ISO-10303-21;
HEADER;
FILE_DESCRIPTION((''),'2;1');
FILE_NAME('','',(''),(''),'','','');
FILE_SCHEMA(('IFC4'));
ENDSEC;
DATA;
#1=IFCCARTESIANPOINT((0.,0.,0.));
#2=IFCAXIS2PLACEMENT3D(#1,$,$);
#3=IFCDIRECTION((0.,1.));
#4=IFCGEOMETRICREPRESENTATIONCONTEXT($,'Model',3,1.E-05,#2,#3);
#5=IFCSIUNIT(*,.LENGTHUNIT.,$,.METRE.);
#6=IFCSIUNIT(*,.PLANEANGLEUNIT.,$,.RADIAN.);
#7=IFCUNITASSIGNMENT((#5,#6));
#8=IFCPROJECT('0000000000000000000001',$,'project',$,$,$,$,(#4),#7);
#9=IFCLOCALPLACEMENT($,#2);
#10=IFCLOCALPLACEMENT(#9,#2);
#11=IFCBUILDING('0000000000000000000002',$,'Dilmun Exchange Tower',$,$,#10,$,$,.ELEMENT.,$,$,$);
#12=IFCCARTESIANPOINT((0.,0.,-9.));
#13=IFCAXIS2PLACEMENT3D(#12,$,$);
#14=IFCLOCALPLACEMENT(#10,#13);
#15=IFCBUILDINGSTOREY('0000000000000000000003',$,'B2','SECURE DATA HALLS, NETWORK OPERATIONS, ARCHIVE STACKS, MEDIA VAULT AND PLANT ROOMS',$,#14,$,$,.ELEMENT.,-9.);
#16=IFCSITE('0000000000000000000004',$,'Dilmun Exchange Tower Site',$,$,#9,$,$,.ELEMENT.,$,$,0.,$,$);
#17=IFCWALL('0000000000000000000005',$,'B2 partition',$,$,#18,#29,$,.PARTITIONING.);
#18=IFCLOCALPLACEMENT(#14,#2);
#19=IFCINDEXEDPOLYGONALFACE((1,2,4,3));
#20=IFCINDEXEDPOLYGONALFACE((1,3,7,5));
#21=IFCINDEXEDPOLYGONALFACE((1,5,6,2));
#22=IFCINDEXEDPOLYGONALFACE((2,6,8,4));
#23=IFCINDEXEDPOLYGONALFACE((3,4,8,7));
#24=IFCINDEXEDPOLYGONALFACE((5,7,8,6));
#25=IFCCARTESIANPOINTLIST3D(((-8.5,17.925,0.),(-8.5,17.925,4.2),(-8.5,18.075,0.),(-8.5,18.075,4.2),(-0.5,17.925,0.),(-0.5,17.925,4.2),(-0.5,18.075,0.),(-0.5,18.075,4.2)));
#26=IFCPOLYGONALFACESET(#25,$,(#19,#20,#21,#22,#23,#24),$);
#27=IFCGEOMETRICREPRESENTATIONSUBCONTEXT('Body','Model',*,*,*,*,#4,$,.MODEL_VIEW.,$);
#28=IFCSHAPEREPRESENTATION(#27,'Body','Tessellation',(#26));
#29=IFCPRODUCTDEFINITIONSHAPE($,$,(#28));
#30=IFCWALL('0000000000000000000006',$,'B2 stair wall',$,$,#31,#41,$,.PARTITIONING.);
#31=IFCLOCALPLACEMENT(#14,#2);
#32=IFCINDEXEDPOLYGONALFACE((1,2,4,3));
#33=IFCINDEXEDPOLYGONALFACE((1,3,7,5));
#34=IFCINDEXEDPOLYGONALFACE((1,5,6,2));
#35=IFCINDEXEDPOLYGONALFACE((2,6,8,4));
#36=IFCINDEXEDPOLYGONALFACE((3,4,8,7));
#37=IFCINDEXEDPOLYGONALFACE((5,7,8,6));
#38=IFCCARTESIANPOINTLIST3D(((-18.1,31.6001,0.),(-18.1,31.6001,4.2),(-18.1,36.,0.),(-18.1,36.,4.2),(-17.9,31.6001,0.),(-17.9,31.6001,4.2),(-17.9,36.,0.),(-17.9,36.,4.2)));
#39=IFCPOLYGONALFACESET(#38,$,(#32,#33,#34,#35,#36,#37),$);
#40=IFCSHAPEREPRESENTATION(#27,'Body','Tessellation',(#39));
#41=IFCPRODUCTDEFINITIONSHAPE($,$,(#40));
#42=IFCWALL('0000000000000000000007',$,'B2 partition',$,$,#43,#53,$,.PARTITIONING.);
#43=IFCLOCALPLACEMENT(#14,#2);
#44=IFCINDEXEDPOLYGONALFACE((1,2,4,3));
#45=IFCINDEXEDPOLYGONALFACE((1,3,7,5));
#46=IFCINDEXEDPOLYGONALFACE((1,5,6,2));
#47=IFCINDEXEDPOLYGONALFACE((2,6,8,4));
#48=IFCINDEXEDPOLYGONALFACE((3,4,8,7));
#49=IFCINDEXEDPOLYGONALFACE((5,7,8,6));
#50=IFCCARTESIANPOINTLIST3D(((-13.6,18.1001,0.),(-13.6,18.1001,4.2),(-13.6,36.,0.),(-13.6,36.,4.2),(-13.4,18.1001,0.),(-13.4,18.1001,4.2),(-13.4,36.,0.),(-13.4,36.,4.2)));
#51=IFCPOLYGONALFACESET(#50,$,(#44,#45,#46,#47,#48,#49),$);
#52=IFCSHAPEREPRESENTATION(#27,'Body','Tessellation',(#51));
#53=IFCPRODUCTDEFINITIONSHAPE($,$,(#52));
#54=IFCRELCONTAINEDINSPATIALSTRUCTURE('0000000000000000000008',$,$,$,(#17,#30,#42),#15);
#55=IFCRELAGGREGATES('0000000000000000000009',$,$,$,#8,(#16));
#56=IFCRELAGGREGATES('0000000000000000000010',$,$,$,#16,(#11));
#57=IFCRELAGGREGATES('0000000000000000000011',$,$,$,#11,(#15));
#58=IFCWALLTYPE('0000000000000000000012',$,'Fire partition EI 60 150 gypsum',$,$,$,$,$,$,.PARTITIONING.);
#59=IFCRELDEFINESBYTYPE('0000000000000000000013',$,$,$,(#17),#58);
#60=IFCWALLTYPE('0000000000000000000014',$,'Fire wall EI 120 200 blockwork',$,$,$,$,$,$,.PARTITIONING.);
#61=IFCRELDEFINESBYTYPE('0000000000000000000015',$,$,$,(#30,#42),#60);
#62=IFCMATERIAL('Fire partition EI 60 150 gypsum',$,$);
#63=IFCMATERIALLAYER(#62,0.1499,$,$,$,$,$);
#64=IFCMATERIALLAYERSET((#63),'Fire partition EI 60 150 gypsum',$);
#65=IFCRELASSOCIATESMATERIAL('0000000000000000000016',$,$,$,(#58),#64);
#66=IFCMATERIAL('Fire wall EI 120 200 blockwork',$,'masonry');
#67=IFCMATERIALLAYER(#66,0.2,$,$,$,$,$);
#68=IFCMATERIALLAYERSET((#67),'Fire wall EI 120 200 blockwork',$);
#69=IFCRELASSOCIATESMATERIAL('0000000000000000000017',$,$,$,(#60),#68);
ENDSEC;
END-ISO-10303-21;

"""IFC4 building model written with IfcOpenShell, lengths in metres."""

from ifc_helpers import new_model, si_unit, direction, frame, frame_2d, origin, place, context, subcontext, project, spatial, rectangle, extrude, material, layer, layer_set, type_object, element, save


model = new_model("IFC4")

# Units and contexts
model_context = context("Model", 3, precision=1e-05, world=origin(), true_north=direction((0.0, 1.0)))
body_context = subcontext(model_context, "Body", "Model", "MODEL_VIEW")
ifc_project = project(units=[si_unit("LENGTHUNIT", "METRE"), si_unit("PLANEANGLEUNIT", "RADIAN")], contexts=[model_context])

# Site, building, storey
site_placement = place(None, origin())
site = spatial("IfcSite", under=ifc_project, at=site_placement, Name="Dilmun Exchange Tower Site", CompositionType="ELEMENT", RefElevation=0.0)
building_placement = place(site_placement, origin())
building = spatial("IfcBuilding", under=site, at=building_placement, Name="Dilmun Exchange Tower", CompositionType="ELEMENT")
storey_placement = place(building_placement, frame((0.0, 0.0, -9.0)))
storey = spatial("IfcBuildingStorey", under=building, at=storey_placement, Name="B2", Description="SECURE DATA HALLS, NETWORK OPERATIONS, ARCHIVE STACKS, MEDIA VAULT AND PLANT ROOMS", CompositionType="ELEMENT", Elevation=-9.0)

# Walls
ifc_material_1 = material(Name="Fire partition EI 60 150 gypsum")
ifc_layer_1 = layer(ifc_material_1, 0.1499)
ifc_layer_set_1 = layer_set([ifc_layer_1], Name="Fire partition EI 60 150 gypsum")
wall_type_1 = type_object("IfcWallType", Name="Fire partition EI 60 150 gypsum", PredefinedType="PARTITIONING", material=ifc_layer_set_1)
wall_1_placement = place(storey_placement, frame((-8.5, 18.0, 0.0), z_axis=(0.0, 0.0, 1.0), x_axis=(1.0, 0.0, 0.0)))
element("IfcWall", 1, at=wall_1_placement, inside=storey, type_object=wall_type_1, Name="B2 partition", PredefinedType="PARTITIONING", context=body_context, shape_type="SweptSolid", body=[
    extrude(rectangle(XDim=8.0, YDim=0.1499, at=frame_2d((4.0, 0.0))), origin(), (0.0, 0.0, 1.0), 4.2),
])
ifc_material_2 = material(Name="Fire wall EI 120 200 blockwork", Category="masonry")
ifc_layer_2 = layer(ifc_material_2, 0.2)
ifc_layer_set_2 = layer_set([ifc_layer_2], Name="Fire wall EI 120 200 blockwork")
wall_type_2 = type_object("IfcWallType", Name="Fire wall EI 120 200 blockwork", PredefinedType="PARTITIONING", material=ifc_layer_set_2)
wall_2_placement = place(storey_placement, frame((-18.0, 31.6001, 0.0), z_axis=(0.0, 0.0, 1.0), x_axis=(0.0, 1.0, 0.0)))
element("IfcWall", 2, at=wall_2_placement, inside=storey, type_object=wall_type_2, Name="B2 stair wall", PredefinedType="PARTITIONING", context=body_context, shape_type="SweptSolid", body=[
    extrude(rectangle(XDim=4.3999, YDim=0.2, at=frame_2d((2.2, 0.0))), origin(), (0.0, 0.0, 1.0), 4.2),
])
wall_3_placement = place(storey_placement, frame((-13.5, 18.1001, 0.0), z_axis=(0.0, 0.0, 1.0), x_axis=(0.0, 1.0, 0.0)))
element("IfcWall", 3, at=wall_3_placement, inside=storey, type_object=wall_type_2, Name="B2 partition", PredefinedType="PARTITIONING", context=body_context, shape_type="SweptSolid", body=[
    extrude(rectangle(XDim=17.8999, YDim=0.2, at=frame_2d((8.95, 0.0))), origin(), (0.0, 0.0, 1.0), 4.2),
])

save(model, "model.ifc")
